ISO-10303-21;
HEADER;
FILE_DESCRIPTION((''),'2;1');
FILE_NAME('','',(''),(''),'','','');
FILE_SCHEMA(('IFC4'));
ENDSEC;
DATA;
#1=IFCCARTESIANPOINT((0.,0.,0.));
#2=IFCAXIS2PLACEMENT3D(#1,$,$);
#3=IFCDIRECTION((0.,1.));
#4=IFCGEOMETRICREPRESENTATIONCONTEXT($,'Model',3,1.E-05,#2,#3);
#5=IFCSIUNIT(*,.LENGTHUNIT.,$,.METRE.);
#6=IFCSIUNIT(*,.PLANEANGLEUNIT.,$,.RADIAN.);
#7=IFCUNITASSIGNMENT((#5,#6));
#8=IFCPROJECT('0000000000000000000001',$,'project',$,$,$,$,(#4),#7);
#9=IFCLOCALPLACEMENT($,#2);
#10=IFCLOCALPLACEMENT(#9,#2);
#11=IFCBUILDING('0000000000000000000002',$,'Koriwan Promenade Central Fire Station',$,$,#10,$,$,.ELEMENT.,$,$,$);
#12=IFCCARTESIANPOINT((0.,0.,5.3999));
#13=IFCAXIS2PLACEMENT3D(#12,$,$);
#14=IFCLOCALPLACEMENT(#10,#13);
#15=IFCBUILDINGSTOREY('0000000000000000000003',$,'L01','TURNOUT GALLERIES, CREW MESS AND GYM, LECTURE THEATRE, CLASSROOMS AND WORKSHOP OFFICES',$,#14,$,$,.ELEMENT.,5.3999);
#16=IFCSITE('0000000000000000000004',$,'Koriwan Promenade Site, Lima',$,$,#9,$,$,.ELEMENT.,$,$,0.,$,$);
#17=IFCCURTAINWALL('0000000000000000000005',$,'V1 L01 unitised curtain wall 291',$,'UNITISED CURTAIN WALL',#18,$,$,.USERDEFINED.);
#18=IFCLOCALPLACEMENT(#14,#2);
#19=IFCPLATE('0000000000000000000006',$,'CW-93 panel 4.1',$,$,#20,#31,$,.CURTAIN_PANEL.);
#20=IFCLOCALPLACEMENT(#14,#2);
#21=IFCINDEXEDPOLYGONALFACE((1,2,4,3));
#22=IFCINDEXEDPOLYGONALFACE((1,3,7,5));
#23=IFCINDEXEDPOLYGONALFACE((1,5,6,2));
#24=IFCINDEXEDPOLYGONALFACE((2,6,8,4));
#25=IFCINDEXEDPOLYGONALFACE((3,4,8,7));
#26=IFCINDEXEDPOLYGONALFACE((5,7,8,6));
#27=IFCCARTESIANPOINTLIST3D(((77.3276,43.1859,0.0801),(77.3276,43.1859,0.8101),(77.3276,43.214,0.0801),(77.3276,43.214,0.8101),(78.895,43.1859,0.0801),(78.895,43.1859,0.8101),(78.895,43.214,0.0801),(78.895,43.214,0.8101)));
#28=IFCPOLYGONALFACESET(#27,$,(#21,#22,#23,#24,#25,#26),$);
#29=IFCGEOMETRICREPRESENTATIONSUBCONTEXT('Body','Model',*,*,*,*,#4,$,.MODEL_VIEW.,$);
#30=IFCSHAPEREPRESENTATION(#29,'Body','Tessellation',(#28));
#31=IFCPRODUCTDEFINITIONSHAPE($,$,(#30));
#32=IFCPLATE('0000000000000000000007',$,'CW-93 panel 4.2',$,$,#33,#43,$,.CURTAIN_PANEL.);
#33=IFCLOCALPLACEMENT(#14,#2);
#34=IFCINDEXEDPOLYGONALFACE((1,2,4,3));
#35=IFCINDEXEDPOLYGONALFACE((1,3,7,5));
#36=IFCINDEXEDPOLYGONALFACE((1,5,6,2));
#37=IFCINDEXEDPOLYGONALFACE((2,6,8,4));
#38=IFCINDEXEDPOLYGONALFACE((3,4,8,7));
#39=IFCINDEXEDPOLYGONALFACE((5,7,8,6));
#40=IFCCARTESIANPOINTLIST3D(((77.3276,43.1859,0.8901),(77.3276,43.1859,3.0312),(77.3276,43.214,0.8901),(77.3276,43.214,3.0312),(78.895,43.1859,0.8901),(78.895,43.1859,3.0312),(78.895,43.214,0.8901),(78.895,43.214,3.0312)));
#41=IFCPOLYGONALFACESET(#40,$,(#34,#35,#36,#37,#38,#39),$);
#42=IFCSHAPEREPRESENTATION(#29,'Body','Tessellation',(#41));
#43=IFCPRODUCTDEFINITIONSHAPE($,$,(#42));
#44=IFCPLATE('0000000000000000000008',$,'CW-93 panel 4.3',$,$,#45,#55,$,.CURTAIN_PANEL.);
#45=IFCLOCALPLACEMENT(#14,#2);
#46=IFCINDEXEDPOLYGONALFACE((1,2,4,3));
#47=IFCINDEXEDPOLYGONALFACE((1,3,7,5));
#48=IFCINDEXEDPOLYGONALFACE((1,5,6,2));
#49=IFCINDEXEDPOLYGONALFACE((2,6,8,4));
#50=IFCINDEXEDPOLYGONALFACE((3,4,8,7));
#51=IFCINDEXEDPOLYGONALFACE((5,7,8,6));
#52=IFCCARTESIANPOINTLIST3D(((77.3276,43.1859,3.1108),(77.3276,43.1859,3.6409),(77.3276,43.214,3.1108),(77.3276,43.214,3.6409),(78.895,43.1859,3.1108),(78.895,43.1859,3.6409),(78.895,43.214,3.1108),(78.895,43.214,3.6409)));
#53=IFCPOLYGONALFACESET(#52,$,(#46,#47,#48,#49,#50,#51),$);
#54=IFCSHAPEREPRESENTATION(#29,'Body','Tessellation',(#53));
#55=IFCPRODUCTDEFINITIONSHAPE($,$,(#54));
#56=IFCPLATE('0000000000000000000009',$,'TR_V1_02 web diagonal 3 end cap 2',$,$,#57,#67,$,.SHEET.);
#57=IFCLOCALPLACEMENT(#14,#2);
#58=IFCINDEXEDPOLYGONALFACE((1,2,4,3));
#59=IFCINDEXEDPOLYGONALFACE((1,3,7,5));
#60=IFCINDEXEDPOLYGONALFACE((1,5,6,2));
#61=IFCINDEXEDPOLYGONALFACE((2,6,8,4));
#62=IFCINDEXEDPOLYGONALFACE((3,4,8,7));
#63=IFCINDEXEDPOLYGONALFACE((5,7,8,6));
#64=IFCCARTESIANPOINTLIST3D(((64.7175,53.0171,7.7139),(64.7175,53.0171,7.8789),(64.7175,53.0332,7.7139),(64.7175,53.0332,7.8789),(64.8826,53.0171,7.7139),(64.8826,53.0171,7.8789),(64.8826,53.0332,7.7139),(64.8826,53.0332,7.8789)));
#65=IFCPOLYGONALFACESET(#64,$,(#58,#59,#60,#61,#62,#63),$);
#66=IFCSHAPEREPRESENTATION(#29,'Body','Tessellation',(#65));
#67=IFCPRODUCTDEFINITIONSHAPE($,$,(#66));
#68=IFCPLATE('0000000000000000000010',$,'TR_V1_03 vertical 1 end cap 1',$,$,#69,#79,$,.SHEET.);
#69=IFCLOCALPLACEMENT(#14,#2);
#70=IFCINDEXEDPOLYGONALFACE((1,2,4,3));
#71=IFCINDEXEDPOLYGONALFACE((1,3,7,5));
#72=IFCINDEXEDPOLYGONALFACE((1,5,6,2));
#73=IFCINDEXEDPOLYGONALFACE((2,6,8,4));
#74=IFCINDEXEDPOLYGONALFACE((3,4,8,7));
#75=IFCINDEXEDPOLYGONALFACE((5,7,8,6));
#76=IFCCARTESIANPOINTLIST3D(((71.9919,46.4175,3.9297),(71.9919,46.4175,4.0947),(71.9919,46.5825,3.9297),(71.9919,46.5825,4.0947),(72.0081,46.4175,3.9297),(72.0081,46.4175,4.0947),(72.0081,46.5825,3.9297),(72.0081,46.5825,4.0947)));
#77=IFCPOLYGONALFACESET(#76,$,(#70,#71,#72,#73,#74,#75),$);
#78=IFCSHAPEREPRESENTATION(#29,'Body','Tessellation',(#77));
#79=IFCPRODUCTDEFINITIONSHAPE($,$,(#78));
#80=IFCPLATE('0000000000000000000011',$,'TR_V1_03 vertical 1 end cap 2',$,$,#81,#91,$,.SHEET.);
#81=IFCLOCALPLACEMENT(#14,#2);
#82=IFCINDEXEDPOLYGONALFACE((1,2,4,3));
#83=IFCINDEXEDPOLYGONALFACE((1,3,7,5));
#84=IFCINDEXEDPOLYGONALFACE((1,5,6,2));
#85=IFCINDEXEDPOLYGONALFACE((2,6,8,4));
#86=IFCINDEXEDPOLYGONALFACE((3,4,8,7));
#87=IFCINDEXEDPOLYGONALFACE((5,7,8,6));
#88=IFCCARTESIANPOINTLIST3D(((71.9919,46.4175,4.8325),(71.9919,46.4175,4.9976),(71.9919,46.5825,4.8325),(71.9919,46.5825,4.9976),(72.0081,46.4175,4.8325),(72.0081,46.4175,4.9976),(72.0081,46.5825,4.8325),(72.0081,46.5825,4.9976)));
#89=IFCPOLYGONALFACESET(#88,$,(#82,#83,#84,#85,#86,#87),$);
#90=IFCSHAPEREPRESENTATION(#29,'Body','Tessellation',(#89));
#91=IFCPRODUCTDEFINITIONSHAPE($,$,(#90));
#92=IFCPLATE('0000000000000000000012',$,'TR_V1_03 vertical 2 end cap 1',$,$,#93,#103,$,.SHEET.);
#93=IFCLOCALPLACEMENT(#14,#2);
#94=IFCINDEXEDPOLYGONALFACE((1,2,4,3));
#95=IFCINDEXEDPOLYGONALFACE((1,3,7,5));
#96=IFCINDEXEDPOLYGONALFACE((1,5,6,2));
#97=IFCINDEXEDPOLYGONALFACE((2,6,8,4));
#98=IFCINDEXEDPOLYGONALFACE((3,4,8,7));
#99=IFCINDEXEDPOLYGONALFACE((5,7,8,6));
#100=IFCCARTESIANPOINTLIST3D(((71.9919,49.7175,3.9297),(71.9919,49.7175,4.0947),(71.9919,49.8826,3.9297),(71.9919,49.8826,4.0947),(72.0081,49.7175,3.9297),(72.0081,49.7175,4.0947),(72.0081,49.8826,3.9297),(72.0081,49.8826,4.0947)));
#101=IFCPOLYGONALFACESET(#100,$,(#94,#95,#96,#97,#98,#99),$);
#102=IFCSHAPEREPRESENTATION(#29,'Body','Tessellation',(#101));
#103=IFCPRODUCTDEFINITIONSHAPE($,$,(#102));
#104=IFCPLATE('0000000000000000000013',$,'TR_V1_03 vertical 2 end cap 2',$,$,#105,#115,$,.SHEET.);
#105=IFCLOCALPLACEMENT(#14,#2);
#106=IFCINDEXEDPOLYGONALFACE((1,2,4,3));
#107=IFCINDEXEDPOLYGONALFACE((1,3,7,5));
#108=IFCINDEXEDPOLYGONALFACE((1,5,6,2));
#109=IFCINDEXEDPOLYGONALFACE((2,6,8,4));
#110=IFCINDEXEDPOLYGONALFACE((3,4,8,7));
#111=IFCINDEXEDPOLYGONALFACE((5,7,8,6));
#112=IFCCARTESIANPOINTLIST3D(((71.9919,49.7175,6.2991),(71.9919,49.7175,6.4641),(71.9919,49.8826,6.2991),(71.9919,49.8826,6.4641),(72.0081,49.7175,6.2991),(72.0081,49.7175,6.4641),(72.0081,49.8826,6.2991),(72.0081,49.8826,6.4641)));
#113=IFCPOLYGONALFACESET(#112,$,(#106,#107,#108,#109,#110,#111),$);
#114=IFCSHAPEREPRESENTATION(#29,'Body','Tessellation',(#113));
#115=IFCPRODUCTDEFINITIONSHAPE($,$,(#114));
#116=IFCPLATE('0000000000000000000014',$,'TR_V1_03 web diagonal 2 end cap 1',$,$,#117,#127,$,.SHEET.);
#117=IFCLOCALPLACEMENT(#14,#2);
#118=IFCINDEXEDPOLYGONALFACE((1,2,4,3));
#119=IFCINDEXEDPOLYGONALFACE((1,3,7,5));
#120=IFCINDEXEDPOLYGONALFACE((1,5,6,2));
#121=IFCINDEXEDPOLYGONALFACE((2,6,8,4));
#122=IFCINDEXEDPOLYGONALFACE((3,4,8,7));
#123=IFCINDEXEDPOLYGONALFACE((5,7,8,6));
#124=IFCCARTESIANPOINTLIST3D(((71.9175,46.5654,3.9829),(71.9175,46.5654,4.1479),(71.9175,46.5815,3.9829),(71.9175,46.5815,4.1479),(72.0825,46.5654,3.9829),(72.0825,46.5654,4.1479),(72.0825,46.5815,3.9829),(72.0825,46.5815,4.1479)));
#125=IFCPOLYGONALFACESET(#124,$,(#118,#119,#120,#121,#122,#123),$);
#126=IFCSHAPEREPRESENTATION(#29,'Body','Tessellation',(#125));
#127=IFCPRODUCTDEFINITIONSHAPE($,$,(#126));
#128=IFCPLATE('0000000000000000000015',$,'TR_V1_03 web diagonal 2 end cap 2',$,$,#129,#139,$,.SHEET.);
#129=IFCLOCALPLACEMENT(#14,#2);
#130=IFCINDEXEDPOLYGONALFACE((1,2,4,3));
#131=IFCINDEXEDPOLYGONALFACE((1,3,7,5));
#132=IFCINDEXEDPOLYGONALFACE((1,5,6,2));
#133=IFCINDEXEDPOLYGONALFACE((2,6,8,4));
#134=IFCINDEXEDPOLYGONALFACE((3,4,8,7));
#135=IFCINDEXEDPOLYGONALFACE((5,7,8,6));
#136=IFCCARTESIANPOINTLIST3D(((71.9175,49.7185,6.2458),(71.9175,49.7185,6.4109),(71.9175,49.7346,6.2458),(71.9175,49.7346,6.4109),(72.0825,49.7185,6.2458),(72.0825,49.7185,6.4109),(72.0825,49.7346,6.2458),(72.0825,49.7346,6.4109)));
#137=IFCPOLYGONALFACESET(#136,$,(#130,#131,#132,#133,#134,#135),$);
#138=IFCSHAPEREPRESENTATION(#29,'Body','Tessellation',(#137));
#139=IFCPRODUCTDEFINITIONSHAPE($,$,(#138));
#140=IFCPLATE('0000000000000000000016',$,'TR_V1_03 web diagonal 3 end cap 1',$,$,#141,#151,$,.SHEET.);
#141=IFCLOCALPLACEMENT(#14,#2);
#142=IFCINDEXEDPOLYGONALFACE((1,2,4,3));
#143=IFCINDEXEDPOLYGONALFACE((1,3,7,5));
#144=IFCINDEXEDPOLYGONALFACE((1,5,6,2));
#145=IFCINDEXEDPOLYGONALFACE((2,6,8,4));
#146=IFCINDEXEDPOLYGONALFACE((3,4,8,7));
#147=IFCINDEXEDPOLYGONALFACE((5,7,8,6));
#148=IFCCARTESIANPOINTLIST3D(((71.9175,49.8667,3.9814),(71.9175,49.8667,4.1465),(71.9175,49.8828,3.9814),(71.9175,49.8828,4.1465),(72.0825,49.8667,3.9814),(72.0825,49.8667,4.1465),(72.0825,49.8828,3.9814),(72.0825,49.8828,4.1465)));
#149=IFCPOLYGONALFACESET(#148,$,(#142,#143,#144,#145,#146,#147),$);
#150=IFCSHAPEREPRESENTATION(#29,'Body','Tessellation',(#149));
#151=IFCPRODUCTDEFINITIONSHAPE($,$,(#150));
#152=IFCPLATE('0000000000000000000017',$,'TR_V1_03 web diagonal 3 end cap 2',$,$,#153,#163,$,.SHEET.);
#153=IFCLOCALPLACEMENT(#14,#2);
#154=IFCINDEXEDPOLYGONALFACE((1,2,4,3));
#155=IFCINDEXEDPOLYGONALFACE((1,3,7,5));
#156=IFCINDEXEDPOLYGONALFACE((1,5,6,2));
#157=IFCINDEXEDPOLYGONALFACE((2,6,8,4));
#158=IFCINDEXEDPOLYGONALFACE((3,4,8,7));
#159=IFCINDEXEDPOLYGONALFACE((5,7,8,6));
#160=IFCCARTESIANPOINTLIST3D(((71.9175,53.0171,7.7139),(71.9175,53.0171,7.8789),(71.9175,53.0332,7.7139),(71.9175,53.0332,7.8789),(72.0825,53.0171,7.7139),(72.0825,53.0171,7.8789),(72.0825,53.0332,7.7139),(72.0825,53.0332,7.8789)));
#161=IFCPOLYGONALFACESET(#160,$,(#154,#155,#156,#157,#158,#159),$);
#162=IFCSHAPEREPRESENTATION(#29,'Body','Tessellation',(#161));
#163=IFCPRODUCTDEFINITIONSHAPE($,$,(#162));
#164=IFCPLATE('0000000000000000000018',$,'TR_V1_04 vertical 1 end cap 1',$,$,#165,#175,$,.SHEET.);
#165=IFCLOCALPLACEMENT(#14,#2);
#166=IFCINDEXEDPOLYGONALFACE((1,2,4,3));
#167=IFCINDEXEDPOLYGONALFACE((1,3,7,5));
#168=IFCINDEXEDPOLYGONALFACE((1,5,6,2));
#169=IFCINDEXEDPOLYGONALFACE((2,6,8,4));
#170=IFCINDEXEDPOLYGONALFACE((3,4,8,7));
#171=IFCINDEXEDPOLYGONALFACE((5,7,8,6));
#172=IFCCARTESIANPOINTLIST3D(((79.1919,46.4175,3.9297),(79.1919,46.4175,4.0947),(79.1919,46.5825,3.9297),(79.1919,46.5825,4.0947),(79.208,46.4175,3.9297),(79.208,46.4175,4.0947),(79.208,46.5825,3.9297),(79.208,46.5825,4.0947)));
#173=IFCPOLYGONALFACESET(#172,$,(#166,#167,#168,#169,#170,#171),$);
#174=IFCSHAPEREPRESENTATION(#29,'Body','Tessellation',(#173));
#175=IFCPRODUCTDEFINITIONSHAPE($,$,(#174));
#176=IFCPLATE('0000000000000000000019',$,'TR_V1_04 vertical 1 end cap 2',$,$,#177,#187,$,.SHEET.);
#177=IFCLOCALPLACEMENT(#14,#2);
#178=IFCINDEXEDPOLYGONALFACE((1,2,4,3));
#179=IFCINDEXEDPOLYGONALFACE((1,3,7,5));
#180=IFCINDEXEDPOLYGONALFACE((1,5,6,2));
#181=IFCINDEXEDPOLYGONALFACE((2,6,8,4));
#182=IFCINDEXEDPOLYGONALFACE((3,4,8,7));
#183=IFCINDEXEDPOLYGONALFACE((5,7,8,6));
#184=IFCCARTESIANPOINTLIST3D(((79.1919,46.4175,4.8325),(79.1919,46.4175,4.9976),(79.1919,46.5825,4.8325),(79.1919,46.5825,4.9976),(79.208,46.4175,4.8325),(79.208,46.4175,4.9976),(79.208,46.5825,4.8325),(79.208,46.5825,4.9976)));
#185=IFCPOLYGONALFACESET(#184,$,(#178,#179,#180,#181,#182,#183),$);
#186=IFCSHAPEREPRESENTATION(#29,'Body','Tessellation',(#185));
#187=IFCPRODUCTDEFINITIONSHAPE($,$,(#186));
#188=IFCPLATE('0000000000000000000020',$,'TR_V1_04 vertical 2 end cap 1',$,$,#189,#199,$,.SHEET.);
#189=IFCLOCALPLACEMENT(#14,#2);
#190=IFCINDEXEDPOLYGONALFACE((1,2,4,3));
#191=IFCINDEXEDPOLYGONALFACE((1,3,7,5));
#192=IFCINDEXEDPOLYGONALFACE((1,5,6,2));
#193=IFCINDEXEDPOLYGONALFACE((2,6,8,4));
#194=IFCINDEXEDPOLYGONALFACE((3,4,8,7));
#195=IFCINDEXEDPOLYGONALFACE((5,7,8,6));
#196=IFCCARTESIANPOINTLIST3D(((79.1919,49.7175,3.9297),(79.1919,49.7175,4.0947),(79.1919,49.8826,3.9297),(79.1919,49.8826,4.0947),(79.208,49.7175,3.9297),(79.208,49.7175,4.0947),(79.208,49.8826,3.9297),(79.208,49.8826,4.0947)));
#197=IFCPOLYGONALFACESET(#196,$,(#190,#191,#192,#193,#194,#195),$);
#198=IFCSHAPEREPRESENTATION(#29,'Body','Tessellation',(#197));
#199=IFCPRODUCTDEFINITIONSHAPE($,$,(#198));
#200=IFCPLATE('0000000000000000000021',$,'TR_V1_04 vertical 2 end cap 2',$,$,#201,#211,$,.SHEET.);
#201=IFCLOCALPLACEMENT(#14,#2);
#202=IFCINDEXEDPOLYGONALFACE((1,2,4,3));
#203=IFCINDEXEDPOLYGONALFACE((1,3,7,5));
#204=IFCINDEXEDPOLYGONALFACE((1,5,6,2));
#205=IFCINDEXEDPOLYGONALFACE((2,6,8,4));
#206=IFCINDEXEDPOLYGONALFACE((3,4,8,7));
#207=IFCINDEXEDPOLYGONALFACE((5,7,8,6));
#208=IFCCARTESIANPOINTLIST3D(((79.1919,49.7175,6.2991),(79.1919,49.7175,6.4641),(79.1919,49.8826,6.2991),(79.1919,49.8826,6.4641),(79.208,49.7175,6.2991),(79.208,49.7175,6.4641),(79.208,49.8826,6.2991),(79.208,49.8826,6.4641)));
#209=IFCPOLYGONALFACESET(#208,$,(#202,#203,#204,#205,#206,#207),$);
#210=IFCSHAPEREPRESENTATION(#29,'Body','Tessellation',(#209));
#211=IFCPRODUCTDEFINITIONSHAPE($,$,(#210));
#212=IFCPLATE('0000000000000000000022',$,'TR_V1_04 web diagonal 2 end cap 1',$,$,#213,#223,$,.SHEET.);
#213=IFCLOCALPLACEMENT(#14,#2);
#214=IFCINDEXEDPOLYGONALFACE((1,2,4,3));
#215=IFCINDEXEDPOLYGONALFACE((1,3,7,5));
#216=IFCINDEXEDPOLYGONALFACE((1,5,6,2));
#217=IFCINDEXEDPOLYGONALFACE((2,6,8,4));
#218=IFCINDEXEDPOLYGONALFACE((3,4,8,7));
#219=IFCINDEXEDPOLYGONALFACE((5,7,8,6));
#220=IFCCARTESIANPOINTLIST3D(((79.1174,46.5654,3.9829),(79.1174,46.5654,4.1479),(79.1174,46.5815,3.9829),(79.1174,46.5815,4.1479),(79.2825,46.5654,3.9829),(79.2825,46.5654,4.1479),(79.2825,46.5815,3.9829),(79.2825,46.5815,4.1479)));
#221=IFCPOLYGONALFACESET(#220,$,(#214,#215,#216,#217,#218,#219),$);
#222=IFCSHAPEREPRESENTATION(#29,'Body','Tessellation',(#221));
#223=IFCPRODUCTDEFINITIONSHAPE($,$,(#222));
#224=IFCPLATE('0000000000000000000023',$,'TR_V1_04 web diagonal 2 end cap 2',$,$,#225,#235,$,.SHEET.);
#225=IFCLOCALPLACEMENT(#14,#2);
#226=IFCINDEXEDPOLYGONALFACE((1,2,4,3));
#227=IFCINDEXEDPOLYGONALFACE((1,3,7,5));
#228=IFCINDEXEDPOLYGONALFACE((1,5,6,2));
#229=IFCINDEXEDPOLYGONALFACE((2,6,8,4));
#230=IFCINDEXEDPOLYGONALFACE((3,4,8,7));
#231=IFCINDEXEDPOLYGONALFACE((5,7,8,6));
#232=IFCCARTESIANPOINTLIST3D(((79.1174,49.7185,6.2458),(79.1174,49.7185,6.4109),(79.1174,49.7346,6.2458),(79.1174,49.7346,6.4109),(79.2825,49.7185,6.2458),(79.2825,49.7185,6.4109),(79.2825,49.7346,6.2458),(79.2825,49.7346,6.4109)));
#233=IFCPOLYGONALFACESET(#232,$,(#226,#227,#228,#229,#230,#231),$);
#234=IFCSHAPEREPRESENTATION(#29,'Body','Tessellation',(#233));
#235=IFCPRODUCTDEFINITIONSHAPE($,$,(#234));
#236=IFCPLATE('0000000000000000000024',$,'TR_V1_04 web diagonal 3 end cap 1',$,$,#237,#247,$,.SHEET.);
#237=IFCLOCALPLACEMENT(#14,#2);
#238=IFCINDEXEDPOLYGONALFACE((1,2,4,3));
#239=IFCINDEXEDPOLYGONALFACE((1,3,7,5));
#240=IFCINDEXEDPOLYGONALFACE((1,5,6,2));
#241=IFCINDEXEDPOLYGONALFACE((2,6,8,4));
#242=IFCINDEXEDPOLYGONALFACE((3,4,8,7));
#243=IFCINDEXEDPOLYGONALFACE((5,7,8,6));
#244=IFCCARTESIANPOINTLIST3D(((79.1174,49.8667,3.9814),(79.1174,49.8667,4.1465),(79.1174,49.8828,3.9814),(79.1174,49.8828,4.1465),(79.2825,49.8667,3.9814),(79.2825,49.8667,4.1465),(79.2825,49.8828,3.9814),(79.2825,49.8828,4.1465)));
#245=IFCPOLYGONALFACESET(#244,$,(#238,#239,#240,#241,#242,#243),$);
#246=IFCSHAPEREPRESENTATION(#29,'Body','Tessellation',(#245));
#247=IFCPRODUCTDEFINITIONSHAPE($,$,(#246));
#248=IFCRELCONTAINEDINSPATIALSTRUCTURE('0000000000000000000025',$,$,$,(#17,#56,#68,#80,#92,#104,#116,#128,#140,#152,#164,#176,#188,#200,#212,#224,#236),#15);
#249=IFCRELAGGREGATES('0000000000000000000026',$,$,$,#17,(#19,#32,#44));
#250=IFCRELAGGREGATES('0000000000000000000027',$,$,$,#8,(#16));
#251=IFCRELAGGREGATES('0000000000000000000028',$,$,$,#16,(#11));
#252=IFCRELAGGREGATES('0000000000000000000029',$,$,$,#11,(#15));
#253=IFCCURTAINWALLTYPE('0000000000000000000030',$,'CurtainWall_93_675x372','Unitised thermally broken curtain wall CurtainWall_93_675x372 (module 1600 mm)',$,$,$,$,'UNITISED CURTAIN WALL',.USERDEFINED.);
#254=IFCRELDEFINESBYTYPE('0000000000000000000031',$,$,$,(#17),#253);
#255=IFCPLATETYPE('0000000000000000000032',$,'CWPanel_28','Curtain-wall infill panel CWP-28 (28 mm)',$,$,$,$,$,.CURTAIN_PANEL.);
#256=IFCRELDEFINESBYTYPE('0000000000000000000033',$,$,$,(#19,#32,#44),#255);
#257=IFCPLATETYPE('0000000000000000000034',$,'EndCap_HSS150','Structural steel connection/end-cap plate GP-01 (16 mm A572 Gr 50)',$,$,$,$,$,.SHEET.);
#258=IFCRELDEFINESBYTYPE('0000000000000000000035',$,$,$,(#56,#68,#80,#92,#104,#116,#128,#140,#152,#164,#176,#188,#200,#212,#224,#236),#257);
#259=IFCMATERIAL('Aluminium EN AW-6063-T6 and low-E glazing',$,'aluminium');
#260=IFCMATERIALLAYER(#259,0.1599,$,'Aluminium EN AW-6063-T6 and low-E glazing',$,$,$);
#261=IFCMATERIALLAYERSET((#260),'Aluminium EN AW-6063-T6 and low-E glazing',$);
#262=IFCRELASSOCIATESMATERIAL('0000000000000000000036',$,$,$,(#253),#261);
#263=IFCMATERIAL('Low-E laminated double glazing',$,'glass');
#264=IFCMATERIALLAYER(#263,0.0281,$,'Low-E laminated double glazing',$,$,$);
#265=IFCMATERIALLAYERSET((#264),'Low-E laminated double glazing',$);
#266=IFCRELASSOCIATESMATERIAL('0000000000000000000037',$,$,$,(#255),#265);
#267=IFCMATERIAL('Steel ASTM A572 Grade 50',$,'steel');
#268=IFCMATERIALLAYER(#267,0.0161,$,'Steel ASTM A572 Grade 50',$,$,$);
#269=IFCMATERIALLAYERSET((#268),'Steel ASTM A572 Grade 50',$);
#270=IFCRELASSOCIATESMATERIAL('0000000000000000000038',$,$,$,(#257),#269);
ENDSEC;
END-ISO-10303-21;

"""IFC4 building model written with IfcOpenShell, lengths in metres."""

from ifc_helpers import new_model, si_unit, direction, frame, origin, origin_2d, place, context, subcontext, project, spatial, rectangle, extrude, material, layer, layer_set, type_object, element, aggregate, save


model = new_model("IFC4")

# Units and contexts
model_context = context("Model", 3, precision=1e-05, world=origin(), true_north=direction((0.0, 1.0)))
body_context = subcontext(model_context, "Body", "Model", "MODEL_VIEW")
ifc_project = project(units=[si_unit("LENGTHUNIT", "METRE"), si_unit("PLANEANGLEUNIT", "RADIAN")], contexts=[model_context])

# Site, building, storey
site_placement = place(None, origin())
site = spatial("IfcSite", under=ifc_project, at=site_placement, Name="Koriwan Promenade Site, Lima", CompositionType="ELEMENT", RefElevation=0.0)
building_placement = place(site_placement, origin())
building = spatial("IfcBuilding", under=site, at=building_placement, Name="Koriwan Promenade Central Fire Station", CompositionType="ELEMENT")
storey_placement = place(building_placement, frame((0.0, 0.0, 5.3999)))
storey = spatial("IfcBuildingStorey", under=building, at=storey_placement, Name="L01", Description="TURNOUT GALLERIES, CREW MESS AND GYM, LECTURE THEATRE, CLASSROOMS AND WORKSHOP OFFICES", CompositionType="ELEMENT", Elevation=5.3999)

# Curtain wall
ifc_material_1 = material(Name="Aluminium EN AW-6063-T6 and low-E glazing", Category="aluminium")
ifc_layer_1 = layer(ifc_material_1, 0.1599, Name="Aluminium EN AW-6063-T6 and low-E glazing")
ifc_layer_set_1 = layer_set([ifc_layer_1], Name="Aluminium EN AW-6063-T6 and low-E glazing")
curtain_wall_type = type_object("IfcCurtainWallType", Name="CurtainWall_93_675x372", Description="Unitised thermally broken curtain wall CurtainWall_93_675x372 (module 1600 mm)", ElementType="UNITISED CURTAIN WALL", PredefinedType="USERDEFINED", material=ifc_layer_set_1)
curtain_wall_placement = place(storey_placement, origin())
curtain_wall = element("IfcCurtainWall", 1, at=curtain_wall_placement, inside=storey, type_object=curtain_wall_type, Name="V1 L01 unitised curtain wall 291", ObjectType="UNITISED CURTAIN WALL", PredefinedType="USERDEFINED")

# Plates
ifc_material_2 = material(Name="Low-E laminated double glazing", Category="glass")
ifc_layer_2 = layer(ifc_material_2, 0.0281, Name="Low-E laminated double glazing")
ifc_layer_set_2 = layer_set([ifc_layer_2], Name="Low-E laminated double glazing")
plate_type_1 = type_object("IfcPlateType", Name="CWPanel_28", Description="Curtain-wall infill panel CWP-28 (28 mm)", PredefinedType="CURTAIN_PANEL", material=ifc_layer_set_2)
plate_1_placement = place(storey_placement, frame((78.1113, 43.2, 0.0801), z_axis=(0.0, 0.0, 1.0), x_axis=(1.0, 0.0, 0.0)))
plate_1 = element("IfcPlate", 2, at=plate_1_placement, type_object=plate_type_1, Name="CW-93 panel 4.1", PredefinedType="CURTAIN_PANEL", context=body_context, shape_type="SweptSolid", body=[
    extrude(rectangle(XDim=1.5674, YDim=0.0281, at=origin_2d()), origin(), (0.0, 0.0, 1.0), 0.73),
])
plate_2_placement = place(storey_placement, frame((78.1113, 43.2, 0.8901), z_axis=(0.0, 0.0, 1.0), x_axis=(1.0, 0.0, 0.0)))
plate_2 = element("IfcPlate", 3, at=plate_2_placement, type_object=plate_type_1, Name="CW-93 panel 4.2", PredefinedType="CURTAIN_PANEL", context=body_context, shape_type="SweptSolid", body=[
    extrude(rectangle(XDim=1.5674, YDim=0.0281, at=origin_2d()), origin(), (0.0, 0.0, 1.0), 2.1411),
])
plate_3_placement = place(storey_placement, frame((78.1113, 43.2, 3.1108), z_axis=(0.0, 0.0, 1.0), x_axis=(1.0, 0.0, 0.0)))
plate_3 = element("IfcPlate", 4, at=plate_3_placement, type_object=plate_type_1, Name="CW-93 panel 4.3", PredefinedType="CURTAIN_PANEL", context=body_context, shape_type="SweptSolid", body=[
    extrude(rectangle(XDim=1.5674, YDim=0.0281, at=origin_2d()), origin(), (0.0, 0.0, 1.0), 0.53),
])
aggregate(curtain_wall, [plate_1, plate_2, plate_3])

# Plates
ifc_material_3 = material(Name="Steel ASTM A572 Grade 50", Category="steel")
ifc_layer_3 = layer(ifc_material_3, 0.0161, Name="Steel ASTM A572 Grade 50")
ifc_layer_set_3 = layer_set([ifc_layer_3], Name="Steel ASTM A572 Grade 50")
plate_type_2 = type_object("IfcPlateType", Name="EndCap_HSS150", Description="Structural steel connection/end-cap plate GP-01 (16 mm A572 Gr 50)", PredefinedType="SHEET", material=ifc_layer_set_3)
for number, where, z_axis, x_axis, name in (
    (5, (64.8, 53.0251, 7.7139), (0.0, 0.0, 1.0), (0.0, 1.0, 0.0), "TR_V1_02 web diagonal 3 end cap 2"),
    (6, (72.0, 46.5, 3.9297), (0.0, 0.0, 1.0), (1.0, 0.0, 0.0), "TR_V1_03 vertical 1 end cap 1"),
    (7, (72.0, 46.5, 4.8325), (0.0, 0.0, 1.0), (1.0, 0.0, 0.0), "TR_V1_03 vertical 1 end cap 2"),
    (8, (72.0, 49.8, 3.9297), (0.0, 0.0, 1.0), (1.0, 0.0, 0.0), "TR_V1_03 vertical 2 end cap 1"),
    (9, (72.0, 49.8, 6.2991), (0.0, 0.0, 1.0), (1.0, 0.0, 0.0), "TR_V1_03 vertical 2 end cap 2"),
    (10, (72.0, 46.5735, 3.9829), (0.0, 0.0, 1.0), (0.0, 1.0, 0.0), "TR_V1_03 web diagonal 2 end cap 1"),
    (11, (72.0, 49.7266, 6.2458), (0.0, 0.0, 1.0), (0.0, 1.0, 0.0), "TR_V1_03 web diagonal 2 end cap 2"),
    (12, (72.0, 49.8748, 3.9814), (0.0, 0.0, 1.0), (0.0, 1.0, 0.0), "TR_V1_03 web diagonal 3 end cap 1"),
    (13, (72.0, 53.0251, 7.7139), (0.0, 0.0, 1.0), (0.0, 1.0, 0.0), "TR_V1_03 web diagonal 3 end cap 2"),
    (14, (79.2, 46.5, 3.9297), (0.0, 0.0, 1.0), (1.0, 0.0, 0.0), "TR_V1_04 vertical 1 end cap 1"),
    (15, (79.2, 46.5, 4.8325), (0.0, 0.0, 1.0), (1.0, 0.0, 0.0), "TR_V1_04 vertical 1 end cap 2"),
    (16, (79.2, 49.8, 3.9297), (0.0, 0.0, 1.0), (1.0, 0.0, 0.0), "TR_V1_04 vertical 2 end cap 1"),
    (17, (79.2, 49.8, 6.2991), (0.0, 0.0, 1.0), (1.0, 0.0, 0.0), "TR_V1_04 vertical 2 end cap 2"),
    (18, (79.2, 46.5735, 3.9829), (0.0, 0.0, 1.0), (0.0, 1.0, 0.0), "TR_V1_04 web diagonal 2 end cap 1"),
    (19, (79.2, 49.7266, 6.2458), (0.0, 0.0, 1.0), (0.0, 1.0, 0.0), "TR_V1_04 web diagonal 2 end cap 2"),
    (20, (79.2, 49.8748, 3.9814), (0.0, 0.0, 1.0), (0.0, 1.0, 0.0), "TR_V1_04 web diagonal 3 end cap 1"),
):
    element("IfcPlate", number, at=place(storey_placement, frame(where, z_axis=z_axis, x_axis=x_axis)), inside=storey, type_object=plate_type_2, Name=name, PredefinedType="SHEET", context=body_context, shape_type="SweptSolid", body=[
        extrude(rectangle(XDim=0.0161, YDim=0.165, at=origin_2d()), origin(), (0.0, 0.0, 1.0), 0.165),
    ])

save(model, "model.ifc")
